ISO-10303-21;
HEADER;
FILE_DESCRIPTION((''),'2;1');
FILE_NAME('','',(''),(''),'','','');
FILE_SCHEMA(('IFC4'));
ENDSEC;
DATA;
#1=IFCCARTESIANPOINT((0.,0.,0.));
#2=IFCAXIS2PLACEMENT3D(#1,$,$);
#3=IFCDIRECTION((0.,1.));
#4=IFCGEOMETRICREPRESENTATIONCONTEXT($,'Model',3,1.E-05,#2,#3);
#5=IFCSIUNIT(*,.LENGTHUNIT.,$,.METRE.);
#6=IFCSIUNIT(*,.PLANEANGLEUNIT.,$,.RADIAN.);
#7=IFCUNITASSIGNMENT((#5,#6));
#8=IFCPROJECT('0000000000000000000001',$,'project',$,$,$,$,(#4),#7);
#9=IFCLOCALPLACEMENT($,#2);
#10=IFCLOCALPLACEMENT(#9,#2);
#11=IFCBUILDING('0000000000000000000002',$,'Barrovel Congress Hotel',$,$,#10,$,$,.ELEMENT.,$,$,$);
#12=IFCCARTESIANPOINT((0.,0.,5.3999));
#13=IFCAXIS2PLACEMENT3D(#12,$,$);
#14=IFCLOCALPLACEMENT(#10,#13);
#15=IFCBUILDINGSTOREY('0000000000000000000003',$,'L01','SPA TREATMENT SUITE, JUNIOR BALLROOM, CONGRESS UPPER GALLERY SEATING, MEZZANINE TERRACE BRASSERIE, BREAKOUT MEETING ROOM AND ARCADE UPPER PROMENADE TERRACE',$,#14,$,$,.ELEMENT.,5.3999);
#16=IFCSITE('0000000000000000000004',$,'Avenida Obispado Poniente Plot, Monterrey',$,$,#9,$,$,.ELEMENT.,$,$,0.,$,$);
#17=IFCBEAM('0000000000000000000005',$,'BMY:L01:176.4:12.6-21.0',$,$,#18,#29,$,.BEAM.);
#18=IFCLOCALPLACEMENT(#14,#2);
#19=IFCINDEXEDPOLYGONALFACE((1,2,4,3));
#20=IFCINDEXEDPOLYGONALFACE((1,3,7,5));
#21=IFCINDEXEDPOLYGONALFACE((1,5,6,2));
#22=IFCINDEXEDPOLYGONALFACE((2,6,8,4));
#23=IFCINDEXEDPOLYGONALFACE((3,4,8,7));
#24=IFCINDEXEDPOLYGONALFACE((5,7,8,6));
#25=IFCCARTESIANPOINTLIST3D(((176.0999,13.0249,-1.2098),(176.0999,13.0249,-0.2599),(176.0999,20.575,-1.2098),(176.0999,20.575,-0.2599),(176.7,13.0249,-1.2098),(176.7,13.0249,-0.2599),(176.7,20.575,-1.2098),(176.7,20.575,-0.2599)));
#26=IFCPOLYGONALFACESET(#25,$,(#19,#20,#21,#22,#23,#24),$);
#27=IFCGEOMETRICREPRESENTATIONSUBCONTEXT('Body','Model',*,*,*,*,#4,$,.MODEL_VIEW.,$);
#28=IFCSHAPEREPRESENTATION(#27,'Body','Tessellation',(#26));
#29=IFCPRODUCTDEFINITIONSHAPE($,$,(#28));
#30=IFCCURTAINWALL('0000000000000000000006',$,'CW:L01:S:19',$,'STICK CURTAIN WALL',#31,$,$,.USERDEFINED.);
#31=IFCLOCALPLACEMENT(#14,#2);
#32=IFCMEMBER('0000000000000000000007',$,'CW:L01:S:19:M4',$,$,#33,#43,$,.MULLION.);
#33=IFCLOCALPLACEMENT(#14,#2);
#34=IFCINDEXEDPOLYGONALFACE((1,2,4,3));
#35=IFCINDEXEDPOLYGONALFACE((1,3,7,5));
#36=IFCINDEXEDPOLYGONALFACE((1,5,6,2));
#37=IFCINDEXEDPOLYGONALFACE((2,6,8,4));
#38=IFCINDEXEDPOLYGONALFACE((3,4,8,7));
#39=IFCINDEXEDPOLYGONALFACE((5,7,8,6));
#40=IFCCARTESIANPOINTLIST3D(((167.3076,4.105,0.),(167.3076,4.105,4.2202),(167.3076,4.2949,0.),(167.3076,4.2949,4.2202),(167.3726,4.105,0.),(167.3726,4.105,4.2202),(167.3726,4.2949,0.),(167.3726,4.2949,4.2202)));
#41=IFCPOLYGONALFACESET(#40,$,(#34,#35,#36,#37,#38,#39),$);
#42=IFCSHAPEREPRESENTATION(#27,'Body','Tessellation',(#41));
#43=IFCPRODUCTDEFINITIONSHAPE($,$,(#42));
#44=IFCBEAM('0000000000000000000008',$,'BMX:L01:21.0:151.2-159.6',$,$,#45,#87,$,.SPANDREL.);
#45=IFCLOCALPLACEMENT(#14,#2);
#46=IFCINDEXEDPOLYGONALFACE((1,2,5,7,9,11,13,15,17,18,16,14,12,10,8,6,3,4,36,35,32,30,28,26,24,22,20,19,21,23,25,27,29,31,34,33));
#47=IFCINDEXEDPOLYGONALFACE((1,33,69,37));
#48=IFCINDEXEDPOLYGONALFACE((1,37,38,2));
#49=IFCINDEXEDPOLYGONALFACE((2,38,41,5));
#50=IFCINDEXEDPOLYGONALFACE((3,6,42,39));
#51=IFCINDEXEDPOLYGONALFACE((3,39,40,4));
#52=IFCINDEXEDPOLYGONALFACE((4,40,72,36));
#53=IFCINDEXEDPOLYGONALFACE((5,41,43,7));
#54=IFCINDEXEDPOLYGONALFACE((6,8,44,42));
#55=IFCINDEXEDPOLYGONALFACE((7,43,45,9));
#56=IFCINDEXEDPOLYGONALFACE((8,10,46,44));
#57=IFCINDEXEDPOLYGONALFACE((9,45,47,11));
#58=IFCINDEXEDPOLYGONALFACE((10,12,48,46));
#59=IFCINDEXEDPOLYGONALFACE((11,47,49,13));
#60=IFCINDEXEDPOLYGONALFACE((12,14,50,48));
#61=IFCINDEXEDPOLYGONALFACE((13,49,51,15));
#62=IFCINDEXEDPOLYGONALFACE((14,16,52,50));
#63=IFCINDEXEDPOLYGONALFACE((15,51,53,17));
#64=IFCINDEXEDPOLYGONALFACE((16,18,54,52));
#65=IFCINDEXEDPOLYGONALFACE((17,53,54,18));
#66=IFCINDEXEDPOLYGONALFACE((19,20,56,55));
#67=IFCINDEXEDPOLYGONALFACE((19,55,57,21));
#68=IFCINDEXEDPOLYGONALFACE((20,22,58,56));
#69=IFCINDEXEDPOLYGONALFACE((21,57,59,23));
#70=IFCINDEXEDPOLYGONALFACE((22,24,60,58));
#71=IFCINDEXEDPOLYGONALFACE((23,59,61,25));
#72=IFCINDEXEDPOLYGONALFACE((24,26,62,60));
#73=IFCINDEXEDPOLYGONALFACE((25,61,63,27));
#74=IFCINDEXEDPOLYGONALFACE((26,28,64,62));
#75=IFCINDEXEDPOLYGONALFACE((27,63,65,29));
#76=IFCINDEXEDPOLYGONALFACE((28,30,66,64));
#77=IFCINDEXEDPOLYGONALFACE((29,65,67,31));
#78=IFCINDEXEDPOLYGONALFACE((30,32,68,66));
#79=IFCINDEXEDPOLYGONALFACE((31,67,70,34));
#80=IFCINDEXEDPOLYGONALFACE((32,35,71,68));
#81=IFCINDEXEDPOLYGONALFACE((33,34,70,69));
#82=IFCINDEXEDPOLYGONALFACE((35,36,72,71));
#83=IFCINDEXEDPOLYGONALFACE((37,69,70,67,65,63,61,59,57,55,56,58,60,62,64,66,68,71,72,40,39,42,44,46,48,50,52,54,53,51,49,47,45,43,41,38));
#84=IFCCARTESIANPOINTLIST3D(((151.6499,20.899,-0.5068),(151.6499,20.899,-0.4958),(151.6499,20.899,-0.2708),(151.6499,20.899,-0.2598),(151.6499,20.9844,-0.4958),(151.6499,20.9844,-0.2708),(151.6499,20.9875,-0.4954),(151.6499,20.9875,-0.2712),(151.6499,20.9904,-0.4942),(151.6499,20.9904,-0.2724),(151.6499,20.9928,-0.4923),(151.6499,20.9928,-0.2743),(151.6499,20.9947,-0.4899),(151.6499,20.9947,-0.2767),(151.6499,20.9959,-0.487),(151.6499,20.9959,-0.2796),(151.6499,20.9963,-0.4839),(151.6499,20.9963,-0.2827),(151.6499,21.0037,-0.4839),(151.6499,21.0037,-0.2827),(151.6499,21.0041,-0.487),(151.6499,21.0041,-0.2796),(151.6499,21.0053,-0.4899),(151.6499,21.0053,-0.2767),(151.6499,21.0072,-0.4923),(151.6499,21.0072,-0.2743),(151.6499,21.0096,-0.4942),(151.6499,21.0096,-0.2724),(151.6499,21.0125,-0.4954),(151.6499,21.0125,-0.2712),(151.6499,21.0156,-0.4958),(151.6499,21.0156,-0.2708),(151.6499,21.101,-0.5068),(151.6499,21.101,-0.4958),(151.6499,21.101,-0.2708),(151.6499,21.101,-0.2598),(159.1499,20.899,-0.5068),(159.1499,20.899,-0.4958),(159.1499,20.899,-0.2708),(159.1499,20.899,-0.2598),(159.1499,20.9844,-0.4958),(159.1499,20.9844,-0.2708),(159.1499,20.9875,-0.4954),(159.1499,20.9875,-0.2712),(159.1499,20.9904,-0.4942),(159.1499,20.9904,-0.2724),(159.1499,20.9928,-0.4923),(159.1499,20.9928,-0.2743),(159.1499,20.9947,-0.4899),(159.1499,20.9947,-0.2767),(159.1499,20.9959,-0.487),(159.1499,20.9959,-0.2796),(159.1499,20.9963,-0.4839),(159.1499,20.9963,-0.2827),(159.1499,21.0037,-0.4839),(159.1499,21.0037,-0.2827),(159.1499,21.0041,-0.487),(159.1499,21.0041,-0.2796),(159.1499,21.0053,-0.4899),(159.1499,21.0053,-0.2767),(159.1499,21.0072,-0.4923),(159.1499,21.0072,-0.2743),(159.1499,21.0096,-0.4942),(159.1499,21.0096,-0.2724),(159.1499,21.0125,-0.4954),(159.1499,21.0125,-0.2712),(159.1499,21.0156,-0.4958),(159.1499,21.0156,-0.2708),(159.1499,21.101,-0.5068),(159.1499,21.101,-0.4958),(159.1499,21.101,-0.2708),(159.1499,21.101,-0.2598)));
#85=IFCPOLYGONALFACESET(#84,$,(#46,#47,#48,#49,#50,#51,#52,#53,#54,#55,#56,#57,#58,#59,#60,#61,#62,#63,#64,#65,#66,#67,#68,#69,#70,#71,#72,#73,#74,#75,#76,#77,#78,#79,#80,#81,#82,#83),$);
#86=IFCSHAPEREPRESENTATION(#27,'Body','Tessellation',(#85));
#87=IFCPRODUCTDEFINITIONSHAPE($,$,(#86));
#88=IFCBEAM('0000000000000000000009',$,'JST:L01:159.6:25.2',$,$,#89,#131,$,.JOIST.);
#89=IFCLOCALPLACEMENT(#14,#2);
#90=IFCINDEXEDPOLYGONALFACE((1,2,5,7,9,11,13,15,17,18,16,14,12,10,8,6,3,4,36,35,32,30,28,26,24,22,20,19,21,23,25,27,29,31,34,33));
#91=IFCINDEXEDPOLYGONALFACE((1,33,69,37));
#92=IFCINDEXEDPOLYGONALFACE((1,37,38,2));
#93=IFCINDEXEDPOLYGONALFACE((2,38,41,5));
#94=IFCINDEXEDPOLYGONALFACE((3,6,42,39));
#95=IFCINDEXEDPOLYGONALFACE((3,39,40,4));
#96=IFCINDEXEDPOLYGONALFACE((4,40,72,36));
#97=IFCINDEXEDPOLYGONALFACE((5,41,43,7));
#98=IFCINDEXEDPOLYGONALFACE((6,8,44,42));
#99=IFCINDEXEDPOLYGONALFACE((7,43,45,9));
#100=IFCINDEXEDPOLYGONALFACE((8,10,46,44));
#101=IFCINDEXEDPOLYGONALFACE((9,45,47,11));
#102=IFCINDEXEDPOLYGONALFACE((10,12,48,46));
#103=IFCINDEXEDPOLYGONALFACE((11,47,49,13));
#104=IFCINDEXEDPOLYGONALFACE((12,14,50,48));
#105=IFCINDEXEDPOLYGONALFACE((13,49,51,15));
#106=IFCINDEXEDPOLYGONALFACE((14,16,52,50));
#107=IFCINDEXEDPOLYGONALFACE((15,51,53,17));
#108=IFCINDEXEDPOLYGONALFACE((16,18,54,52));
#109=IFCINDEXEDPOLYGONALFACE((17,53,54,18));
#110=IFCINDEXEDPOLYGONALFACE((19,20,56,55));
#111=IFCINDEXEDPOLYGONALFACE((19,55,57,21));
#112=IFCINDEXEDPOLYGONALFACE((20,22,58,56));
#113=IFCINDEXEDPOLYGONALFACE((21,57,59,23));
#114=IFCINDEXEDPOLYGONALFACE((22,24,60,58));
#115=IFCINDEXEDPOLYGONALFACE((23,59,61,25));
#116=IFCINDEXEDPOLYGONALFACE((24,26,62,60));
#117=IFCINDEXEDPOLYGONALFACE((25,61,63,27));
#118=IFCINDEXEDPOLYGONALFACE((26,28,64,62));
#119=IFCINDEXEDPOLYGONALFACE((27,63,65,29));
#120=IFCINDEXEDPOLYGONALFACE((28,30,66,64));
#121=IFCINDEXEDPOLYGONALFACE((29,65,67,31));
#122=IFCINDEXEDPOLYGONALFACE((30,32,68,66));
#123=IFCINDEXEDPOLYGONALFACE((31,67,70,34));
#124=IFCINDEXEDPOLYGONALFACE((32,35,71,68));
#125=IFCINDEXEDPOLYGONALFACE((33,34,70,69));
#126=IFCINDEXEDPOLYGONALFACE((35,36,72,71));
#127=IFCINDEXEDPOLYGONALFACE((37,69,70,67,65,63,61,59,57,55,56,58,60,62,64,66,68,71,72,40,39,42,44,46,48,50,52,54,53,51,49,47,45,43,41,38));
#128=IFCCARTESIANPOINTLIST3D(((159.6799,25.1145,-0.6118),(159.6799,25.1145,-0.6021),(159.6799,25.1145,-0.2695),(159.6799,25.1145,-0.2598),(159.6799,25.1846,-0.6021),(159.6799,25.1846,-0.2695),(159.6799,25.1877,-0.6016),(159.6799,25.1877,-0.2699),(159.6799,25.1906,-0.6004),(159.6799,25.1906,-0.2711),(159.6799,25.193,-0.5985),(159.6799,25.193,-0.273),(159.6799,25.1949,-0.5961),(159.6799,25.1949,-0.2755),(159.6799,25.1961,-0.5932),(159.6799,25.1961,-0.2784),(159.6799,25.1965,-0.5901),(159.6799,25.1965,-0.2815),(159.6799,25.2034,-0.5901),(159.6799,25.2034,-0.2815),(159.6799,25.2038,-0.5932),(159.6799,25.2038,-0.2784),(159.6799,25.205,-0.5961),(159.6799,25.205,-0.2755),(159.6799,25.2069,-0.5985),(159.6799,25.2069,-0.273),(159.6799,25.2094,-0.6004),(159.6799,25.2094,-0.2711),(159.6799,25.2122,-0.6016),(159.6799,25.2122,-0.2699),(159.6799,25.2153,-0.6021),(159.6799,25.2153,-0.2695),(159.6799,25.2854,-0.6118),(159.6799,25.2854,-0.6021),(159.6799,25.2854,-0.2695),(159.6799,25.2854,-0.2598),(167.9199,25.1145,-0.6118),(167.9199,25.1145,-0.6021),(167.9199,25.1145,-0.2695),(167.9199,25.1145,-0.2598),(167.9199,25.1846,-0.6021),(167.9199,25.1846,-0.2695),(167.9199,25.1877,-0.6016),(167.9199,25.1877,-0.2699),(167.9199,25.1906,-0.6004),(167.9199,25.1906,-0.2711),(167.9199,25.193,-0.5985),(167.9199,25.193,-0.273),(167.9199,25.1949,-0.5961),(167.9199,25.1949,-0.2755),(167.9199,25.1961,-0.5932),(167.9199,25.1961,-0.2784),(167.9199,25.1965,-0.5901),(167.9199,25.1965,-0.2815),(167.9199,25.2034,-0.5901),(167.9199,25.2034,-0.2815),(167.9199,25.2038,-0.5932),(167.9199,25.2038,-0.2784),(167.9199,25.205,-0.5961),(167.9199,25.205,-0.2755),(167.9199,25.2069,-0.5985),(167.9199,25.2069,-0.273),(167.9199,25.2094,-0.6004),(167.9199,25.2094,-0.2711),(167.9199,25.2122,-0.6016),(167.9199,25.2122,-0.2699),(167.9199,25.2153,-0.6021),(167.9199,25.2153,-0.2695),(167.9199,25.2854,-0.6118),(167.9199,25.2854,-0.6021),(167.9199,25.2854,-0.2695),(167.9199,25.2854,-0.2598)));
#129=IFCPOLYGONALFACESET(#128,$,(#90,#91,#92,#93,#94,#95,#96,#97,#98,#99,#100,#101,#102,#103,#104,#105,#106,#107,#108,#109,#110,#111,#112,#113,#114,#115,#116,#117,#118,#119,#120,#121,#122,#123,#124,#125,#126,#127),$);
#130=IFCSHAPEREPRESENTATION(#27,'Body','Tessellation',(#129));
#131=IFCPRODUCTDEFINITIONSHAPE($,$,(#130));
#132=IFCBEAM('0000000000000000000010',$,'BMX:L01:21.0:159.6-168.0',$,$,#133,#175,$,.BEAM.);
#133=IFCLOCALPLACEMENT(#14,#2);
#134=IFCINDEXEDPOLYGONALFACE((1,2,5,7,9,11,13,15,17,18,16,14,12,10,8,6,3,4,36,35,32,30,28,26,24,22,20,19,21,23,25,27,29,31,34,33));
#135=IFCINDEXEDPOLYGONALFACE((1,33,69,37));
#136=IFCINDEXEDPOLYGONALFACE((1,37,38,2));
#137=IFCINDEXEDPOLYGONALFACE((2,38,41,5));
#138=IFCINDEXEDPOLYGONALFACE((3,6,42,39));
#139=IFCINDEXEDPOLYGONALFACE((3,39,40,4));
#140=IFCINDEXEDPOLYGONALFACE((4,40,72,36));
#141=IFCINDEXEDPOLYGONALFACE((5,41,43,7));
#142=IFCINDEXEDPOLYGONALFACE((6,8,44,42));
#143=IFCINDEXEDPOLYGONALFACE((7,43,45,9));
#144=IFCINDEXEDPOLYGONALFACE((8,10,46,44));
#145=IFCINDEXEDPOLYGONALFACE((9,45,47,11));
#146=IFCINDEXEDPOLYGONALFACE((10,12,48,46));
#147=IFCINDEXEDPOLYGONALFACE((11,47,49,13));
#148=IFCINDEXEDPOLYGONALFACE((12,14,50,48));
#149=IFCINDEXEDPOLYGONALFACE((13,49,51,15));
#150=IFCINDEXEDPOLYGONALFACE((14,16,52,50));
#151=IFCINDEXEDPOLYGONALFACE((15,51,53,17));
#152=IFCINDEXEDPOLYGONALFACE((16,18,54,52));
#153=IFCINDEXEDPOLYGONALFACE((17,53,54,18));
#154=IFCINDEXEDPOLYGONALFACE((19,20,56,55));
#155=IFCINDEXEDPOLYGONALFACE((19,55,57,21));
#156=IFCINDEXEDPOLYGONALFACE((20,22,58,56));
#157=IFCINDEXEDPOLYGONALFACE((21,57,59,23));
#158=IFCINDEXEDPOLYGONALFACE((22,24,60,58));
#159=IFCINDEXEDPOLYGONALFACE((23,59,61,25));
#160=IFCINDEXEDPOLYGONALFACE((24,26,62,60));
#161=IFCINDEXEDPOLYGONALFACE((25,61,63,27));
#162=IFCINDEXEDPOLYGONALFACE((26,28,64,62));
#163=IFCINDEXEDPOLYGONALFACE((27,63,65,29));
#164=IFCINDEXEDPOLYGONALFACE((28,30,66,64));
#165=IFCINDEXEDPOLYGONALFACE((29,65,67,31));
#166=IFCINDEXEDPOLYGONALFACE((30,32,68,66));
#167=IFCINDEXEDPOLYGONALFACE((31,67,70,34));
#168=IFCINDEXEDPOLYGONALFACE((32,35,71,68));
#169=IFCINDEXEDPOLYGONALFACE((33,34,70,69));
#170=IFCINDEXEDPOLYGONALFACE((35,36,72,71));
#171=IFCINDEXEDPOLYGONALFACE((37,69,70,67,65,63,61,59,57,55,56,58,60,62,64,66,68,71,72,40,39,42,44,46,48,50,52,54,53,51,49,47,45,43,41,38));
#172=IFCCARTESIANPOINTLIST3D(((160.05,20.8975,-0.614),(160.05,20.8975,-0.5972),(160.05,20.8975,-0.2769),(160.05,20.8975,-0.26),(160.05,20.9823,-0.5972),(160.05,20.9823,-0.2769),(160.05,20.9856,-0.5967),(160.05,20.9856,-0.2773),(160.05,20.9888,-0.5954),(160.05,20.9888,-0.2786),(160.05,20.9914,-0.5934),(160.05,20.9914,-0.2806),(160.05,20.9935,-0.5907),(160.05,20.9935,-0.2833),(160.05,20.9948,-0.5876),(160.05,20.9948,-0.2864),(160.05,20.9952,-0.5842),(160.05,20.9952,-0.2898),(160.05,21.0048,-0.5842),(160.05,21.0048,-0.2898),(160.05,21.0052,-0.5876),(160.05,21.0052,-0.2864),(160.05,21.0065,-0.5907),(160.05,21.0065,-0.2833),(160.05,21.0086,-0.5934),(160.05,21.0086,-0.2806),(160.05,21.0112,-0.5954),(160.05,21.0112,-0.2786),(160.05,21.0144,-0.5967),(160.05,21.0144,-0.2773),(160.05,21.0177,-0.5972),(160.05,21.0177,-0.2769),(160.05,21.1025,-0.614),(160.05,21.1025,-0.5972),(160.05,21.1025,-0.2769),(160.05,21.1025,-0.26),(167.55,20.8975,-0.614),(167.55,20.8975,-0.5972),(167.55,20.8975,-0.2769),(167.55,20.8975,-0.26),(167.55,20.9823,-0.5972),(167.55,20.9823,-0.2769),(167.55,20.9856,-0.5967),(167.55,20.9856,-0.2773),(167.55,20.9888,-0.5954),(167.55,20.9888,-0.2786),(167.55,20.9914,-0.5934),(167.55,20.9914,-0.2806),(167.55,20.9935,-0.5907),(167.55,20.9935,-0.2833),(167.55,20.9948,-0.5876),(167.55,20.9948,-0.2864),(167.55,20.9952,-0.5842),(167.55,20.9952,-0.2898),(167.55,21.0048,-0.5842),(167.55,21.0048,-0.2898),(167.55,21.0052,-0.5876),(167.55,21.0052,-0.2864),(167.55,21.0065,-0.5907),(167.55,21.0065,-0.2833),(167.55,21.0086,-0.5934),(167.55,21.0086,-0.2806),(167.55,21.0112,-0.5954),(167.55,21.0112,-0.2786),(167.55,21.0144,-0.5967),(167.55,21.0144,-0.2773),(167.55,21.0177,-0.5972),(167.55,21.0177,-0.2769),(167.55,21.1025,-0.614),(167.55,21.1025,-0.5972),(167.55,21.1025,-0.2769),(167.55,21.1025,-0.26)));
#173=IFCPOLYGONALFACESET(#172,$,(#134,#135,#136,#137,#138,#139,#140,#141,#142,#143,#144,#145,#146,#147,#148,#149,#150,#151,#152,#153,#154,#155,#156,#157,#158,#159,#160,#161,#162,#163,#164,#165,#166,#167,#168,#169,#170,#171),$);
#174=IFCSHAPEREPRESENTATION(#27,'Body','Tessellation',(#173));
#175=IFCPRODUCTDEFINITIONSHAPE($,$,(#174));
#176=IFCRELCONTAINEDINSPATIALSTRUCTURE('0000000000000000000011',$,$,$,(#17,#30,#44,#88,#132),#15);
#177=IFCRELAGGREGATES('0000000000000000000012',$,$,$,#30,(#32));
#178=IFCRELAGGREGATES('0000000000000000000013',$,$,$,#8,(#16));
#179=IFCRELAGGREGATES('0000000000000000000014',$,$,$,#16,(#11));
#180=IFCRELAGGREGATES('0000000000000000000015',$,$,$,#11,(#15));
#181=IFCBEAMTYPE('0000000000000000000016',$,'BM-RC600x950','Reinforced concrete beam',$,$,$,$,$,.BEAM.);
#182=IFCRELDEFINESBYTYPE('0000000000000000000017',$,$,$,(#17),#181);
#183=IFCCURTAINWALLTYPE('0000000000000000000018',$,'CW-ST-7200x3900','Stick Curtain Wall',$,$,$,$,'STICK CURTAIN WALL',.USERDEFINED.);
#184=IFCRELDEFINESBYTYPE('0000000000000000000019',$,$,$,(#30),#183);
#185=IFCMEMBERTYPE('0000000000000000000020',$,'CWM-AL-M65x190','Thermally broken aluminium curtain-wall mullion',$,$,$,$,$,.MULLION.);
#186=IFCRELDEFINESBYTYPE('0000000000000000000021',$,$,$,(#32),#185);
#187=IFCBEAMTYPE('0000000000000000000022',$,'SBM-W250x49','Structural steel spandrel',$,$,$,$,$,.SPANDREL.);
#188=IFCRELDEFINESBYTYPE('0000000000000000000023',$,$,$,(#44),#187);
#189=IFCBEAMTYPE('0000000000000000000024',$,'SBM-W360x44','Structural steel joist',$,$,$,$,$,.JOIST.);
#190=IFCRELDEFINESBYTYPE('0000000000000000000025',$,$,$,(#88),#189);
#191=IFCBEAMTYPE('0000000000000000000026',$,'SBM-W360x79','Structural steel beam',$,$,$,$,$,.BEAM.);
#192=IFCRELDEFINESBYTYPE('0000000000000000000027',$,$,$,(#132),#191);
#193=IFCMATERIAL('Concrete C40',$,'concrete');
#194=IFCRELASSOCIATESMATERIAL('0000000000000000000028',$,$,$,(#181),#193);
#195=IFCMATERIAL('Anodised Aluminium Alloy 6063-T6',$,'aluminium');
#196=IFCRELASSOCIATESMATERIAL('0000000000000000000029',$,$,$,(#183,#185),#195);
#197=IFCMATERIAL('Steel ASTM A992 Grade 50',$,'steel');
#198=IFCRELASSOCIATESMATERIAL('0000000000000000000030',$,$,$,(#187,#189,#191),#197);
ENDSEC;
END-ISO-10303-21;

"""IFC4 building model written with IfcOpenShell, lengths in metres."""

from ifc_helpers import new_model, si_unit, direction, frame, origin, origin_2d, place, context, subcontext, project, spatial, rectangle, i_section, extrude, material, material_profile, profile_set, type_object, element, aggregate, save


model = new_model("IFC4")

# Units and contexts
model_context = context("Model", 3, precision=1e-05, world=origin(), true_north=direction((0.0, 1.0)))
body_context = subcontext(model_context, "Body", "Model", "MODEL_VIEW")
ifc_project = project(units=[si_unit("LENGTHUNIT", "METRE"), si_unit("PLANEANGLEUNIT", "RADIAN")], contexts=[model_context])

# Site, building, storey
site_placement = place(None, origin())
site = spatial("IfcSite", under=ifc_project, at=site_placement, Name="Avenida Obispado Poniente Plot, Monterrey", CompositionType="ELEMENT", RefElevation=0.0)
building_placement = place(site_placement, origin())
building = spatial("IfcBuilding", under=site, at=building_placement, Name="Barrovel Congress Hotel", CompositionType="ELEMENT")
storey_placement = place(building_placement, frame((0.0, 0.0, 5.3999)))
storey = spatial("IfcBuildingStorey", under=building, at=storey_placement, Name="L01", Description="SPA TREATMENT SUITE, JUNIOR BALLROOM, CONGRESS UPPER GALLERY SEATING, MEZZANINE TERRACE BRASSERIE, BREAKOUT MEETING ROOM AND ARCADE UPPER PROMENADE TERRACE", CompositionType="ELEMENT", Elevation=5.3999)

# Shared definitions
ifc_material_1 = material(Name="Concrete C40", Category="concrete")

# Beam
ifc_material_profile_1 = material_profile(ifc_material_1, rectangle(XDim=0.6001, YDim=0.95, at=origin_2d()), Name="RC600x950")
ifc_profile_set_1 = profile_set([ifc_material_profile_1], Name="Concrete C40")
beam_type_1 = type_object("IfcBeamType", Name="BM-RC600x950", Description="Reinforced concrete beam", PredefinedType="BEAM", material=ifc_profile_set_1)
beam_1_placement = place(storey_placement, frame((176.3999, 13.0249, -0.7349), z_axis=(0.0, 1.0, 0.0), x_axis=(-1.0, 0.0, 0.0)))
element("IfcBeam", 1, at=beam_1_placement, inside=storey, type_object=beam_type_1, Name="BMY:L01:176.4:12.6-21.0", PredefinedType="BEAM", context=body_context, shape_type="SweptSolid", body=[
    extrude(rectangle(XDim=0.6001, YDim=0.95, at=origin_2d()), origin(), (0.0, 0.0, 1.0), 7.55),
])

# Curtain wall, member
ifc_material_2 = material(Name="Anodised Aluminium Alloy 6063-T6", Category="aluminium")
curtain_wall_type = type_object("IfcCurtainWallType", Name="CW-ST-7200x3900", Description="Stick Curtain Wall", ElementType="STICK CURTAIN WALL", PredefinedType="USERDEFINED", material=ifc_material_2)
curtain_wall_placement = place(storey_placement, origin())
curtain_wall = element("IfcCurtainWall", 2, at=curtain_wall_placement, inside=storey, type_object=curtain_wall_type, Name="CW:L01:S:19", ObjectType="STICK CURTAIN WALL", PredefinedType="USERDEFINED")
ifc_material_profile_2 = material_profile(ifc_material_2, rectangle(XDim=0.0649, YDim=0.1899, at=origin_2d()), Name="AL-M65x190")
ifc_profile_set_2 = profile_set([ifc_material_profile_2], Name="Anodised Aluminium Alloy 6063-T6")
member_type = type_object("IfcMemberType", Name="CWM-AL-M65x190", Description="Thermally broken aluminium curtain-wall mullion", PredefinedType="MULLION", material=ifc_profile_set_2)
member_placement = place(storey_placement, frame((167.3401, 4.2, 0.0), z_axis=(0.0, 0.0, 1.0), x_axis=(1.0, 0.0, 0.0)))
member = element("IfcMember", 3, at=member_placement, type_object=member_type, Name="CW:L01:S:19:M4", PredefinedType="MULLION", context=body_context, shape_type="SweptSolid", body=[
    extrude(rectangle(XDim=0.0649, YDim=0.1899, at=origin_2d()), origin(), (0.0, 0.0, 1.0), 4.2202),
])

# Beams
ifc_material_3 = material(Name="Steel ASTM A992 Grade 50", Category="steel")
ifc_material_profile_3 = material_profile(ifc_material_3, i_section(OverallWidth=0.2019, OverallDepth=0.2471, WebThickness=0.0073, FlangeThickness=0.011, FilletRadius=0.012, at=origin_2d()), Name="W250x49")
ifc_profile_set_3 = profile_set([ifc_material_profile_3], Name="Steel ASTM A992 Grade 50")
beam_type_2 = type_object("IfcBeamType", Name="SBM-W250x49", Description="Structural steel spandrel", PredefinedType="SPANDREL", material=ifc_profile_set_3)
beam_2_placement = place(storey_placement, frame((151.6499, 21.0, -0.3833), z_axis=(1.0, 0.0, 0.0), x_axis=(0.0, 1.0, 0.0)))
element("IfcBeam", 4, at=beam_2_placement, inside=storey, type_object=beam_type_2, Name="BMX:L01:21.0:151.2-159.6", PredefinedType="SPANDREL", context=body_context, shape_type="SweptSolid", body=[
    extrude(i_section(OverallWidth=0.2019, OverallDepth=0.2471, WebThickness=0.0073, FlangeThickness=0.011, FilletRadius=0.012, at=origin_2d()), origin(), (0.0, 0.0, 1.0), 7.5),
])
ifc_material_profile_4 = material_profile(ifc_material_3, i_section(OverallWidth=0.1709, OverallDepth=0.3521, WebThickness=0.0068, FlangeThickness=0.0098, FilletRadius=0.012, at=origin_2d()), Name="W360x44")
ifc_profile_set_4 = profile_set([ifc_material_profile_4], Name="Steel ASTM A992 Grade 50")
beam_type_3 = type_object("IfcBeamType", Name="SBM-W360x44", Description="Structural steel joist", PredefinedType="JOIST", material=ifc_profile_set_4)
beam_3_placement = place(storey_placement, frame((159.6799, 25.2, -0.4358), z_axis=(1.0, 0.0, 0.0), x_axis=(0.0, 1.0, 0.0)))
element("IfcBeam", 5, at=beam_3_placement, inside=storey, type_object=beam_type_3, Name="JST:L01:159.6:25.2", PredefinedType="JOIST", context=body_context, shape_type="SweptSolid", body=[
    extrude(i_section(OverallWidth=0.1709, OverallDepth=0.3521, WebThickness=0.0068, FlangeThickness=0.0098, FilletRadius=0.012, at=origin_2d()), origin(), (0.0, 0.0, 1.0), 8.24),
])
ifc_material_profile_5 = material_profile(ifc_material_3, i_section(OverallWidth=0.2051, OverallDepth=0.354, WebThickness=0.0095, FlangeThickness=0.0168, FilletRadius=0.0129, at=origin_2d()), Name="W360x79")
ifc_profile_set_5 = profile_set([ifc_material_profile_5], Name="Steel ASTM A992 Grade 50")
beam_type_4 = type_object("IfcBeamType", Name="SBM-W360x79", Description="Structural steel beam", PredefinedType="BEAM", material=ifc_profile_set_5)
beam_4_placement = place(storey_placement, frame((160.05, 21.0, -0.437), z_axis=(1.0, 0.0, 0.0), x_axis=(0.0, 1.0, 0.0)))
element("IfcBeam", 6, at=beam_4_placement, inside=storey, type_object=beam_type_4, Name="BMX:L01:21.0:159.6-168.0", PredefinedType="BEAM", context=body_context, shape_type="SweptSolid", body=[
    extrude(i_section(OverallWidth=0.2051, OverallDepth=0.354, WebThickness=0.0095, FlangeThickness=0.0168, FilletRadius=0.0129, at=origin_2d()), origin(), (0.0, 0.0, 1.0), 7.5),
])

aggregate(curtain_wall, [member])

save(model, "model.ifc")
